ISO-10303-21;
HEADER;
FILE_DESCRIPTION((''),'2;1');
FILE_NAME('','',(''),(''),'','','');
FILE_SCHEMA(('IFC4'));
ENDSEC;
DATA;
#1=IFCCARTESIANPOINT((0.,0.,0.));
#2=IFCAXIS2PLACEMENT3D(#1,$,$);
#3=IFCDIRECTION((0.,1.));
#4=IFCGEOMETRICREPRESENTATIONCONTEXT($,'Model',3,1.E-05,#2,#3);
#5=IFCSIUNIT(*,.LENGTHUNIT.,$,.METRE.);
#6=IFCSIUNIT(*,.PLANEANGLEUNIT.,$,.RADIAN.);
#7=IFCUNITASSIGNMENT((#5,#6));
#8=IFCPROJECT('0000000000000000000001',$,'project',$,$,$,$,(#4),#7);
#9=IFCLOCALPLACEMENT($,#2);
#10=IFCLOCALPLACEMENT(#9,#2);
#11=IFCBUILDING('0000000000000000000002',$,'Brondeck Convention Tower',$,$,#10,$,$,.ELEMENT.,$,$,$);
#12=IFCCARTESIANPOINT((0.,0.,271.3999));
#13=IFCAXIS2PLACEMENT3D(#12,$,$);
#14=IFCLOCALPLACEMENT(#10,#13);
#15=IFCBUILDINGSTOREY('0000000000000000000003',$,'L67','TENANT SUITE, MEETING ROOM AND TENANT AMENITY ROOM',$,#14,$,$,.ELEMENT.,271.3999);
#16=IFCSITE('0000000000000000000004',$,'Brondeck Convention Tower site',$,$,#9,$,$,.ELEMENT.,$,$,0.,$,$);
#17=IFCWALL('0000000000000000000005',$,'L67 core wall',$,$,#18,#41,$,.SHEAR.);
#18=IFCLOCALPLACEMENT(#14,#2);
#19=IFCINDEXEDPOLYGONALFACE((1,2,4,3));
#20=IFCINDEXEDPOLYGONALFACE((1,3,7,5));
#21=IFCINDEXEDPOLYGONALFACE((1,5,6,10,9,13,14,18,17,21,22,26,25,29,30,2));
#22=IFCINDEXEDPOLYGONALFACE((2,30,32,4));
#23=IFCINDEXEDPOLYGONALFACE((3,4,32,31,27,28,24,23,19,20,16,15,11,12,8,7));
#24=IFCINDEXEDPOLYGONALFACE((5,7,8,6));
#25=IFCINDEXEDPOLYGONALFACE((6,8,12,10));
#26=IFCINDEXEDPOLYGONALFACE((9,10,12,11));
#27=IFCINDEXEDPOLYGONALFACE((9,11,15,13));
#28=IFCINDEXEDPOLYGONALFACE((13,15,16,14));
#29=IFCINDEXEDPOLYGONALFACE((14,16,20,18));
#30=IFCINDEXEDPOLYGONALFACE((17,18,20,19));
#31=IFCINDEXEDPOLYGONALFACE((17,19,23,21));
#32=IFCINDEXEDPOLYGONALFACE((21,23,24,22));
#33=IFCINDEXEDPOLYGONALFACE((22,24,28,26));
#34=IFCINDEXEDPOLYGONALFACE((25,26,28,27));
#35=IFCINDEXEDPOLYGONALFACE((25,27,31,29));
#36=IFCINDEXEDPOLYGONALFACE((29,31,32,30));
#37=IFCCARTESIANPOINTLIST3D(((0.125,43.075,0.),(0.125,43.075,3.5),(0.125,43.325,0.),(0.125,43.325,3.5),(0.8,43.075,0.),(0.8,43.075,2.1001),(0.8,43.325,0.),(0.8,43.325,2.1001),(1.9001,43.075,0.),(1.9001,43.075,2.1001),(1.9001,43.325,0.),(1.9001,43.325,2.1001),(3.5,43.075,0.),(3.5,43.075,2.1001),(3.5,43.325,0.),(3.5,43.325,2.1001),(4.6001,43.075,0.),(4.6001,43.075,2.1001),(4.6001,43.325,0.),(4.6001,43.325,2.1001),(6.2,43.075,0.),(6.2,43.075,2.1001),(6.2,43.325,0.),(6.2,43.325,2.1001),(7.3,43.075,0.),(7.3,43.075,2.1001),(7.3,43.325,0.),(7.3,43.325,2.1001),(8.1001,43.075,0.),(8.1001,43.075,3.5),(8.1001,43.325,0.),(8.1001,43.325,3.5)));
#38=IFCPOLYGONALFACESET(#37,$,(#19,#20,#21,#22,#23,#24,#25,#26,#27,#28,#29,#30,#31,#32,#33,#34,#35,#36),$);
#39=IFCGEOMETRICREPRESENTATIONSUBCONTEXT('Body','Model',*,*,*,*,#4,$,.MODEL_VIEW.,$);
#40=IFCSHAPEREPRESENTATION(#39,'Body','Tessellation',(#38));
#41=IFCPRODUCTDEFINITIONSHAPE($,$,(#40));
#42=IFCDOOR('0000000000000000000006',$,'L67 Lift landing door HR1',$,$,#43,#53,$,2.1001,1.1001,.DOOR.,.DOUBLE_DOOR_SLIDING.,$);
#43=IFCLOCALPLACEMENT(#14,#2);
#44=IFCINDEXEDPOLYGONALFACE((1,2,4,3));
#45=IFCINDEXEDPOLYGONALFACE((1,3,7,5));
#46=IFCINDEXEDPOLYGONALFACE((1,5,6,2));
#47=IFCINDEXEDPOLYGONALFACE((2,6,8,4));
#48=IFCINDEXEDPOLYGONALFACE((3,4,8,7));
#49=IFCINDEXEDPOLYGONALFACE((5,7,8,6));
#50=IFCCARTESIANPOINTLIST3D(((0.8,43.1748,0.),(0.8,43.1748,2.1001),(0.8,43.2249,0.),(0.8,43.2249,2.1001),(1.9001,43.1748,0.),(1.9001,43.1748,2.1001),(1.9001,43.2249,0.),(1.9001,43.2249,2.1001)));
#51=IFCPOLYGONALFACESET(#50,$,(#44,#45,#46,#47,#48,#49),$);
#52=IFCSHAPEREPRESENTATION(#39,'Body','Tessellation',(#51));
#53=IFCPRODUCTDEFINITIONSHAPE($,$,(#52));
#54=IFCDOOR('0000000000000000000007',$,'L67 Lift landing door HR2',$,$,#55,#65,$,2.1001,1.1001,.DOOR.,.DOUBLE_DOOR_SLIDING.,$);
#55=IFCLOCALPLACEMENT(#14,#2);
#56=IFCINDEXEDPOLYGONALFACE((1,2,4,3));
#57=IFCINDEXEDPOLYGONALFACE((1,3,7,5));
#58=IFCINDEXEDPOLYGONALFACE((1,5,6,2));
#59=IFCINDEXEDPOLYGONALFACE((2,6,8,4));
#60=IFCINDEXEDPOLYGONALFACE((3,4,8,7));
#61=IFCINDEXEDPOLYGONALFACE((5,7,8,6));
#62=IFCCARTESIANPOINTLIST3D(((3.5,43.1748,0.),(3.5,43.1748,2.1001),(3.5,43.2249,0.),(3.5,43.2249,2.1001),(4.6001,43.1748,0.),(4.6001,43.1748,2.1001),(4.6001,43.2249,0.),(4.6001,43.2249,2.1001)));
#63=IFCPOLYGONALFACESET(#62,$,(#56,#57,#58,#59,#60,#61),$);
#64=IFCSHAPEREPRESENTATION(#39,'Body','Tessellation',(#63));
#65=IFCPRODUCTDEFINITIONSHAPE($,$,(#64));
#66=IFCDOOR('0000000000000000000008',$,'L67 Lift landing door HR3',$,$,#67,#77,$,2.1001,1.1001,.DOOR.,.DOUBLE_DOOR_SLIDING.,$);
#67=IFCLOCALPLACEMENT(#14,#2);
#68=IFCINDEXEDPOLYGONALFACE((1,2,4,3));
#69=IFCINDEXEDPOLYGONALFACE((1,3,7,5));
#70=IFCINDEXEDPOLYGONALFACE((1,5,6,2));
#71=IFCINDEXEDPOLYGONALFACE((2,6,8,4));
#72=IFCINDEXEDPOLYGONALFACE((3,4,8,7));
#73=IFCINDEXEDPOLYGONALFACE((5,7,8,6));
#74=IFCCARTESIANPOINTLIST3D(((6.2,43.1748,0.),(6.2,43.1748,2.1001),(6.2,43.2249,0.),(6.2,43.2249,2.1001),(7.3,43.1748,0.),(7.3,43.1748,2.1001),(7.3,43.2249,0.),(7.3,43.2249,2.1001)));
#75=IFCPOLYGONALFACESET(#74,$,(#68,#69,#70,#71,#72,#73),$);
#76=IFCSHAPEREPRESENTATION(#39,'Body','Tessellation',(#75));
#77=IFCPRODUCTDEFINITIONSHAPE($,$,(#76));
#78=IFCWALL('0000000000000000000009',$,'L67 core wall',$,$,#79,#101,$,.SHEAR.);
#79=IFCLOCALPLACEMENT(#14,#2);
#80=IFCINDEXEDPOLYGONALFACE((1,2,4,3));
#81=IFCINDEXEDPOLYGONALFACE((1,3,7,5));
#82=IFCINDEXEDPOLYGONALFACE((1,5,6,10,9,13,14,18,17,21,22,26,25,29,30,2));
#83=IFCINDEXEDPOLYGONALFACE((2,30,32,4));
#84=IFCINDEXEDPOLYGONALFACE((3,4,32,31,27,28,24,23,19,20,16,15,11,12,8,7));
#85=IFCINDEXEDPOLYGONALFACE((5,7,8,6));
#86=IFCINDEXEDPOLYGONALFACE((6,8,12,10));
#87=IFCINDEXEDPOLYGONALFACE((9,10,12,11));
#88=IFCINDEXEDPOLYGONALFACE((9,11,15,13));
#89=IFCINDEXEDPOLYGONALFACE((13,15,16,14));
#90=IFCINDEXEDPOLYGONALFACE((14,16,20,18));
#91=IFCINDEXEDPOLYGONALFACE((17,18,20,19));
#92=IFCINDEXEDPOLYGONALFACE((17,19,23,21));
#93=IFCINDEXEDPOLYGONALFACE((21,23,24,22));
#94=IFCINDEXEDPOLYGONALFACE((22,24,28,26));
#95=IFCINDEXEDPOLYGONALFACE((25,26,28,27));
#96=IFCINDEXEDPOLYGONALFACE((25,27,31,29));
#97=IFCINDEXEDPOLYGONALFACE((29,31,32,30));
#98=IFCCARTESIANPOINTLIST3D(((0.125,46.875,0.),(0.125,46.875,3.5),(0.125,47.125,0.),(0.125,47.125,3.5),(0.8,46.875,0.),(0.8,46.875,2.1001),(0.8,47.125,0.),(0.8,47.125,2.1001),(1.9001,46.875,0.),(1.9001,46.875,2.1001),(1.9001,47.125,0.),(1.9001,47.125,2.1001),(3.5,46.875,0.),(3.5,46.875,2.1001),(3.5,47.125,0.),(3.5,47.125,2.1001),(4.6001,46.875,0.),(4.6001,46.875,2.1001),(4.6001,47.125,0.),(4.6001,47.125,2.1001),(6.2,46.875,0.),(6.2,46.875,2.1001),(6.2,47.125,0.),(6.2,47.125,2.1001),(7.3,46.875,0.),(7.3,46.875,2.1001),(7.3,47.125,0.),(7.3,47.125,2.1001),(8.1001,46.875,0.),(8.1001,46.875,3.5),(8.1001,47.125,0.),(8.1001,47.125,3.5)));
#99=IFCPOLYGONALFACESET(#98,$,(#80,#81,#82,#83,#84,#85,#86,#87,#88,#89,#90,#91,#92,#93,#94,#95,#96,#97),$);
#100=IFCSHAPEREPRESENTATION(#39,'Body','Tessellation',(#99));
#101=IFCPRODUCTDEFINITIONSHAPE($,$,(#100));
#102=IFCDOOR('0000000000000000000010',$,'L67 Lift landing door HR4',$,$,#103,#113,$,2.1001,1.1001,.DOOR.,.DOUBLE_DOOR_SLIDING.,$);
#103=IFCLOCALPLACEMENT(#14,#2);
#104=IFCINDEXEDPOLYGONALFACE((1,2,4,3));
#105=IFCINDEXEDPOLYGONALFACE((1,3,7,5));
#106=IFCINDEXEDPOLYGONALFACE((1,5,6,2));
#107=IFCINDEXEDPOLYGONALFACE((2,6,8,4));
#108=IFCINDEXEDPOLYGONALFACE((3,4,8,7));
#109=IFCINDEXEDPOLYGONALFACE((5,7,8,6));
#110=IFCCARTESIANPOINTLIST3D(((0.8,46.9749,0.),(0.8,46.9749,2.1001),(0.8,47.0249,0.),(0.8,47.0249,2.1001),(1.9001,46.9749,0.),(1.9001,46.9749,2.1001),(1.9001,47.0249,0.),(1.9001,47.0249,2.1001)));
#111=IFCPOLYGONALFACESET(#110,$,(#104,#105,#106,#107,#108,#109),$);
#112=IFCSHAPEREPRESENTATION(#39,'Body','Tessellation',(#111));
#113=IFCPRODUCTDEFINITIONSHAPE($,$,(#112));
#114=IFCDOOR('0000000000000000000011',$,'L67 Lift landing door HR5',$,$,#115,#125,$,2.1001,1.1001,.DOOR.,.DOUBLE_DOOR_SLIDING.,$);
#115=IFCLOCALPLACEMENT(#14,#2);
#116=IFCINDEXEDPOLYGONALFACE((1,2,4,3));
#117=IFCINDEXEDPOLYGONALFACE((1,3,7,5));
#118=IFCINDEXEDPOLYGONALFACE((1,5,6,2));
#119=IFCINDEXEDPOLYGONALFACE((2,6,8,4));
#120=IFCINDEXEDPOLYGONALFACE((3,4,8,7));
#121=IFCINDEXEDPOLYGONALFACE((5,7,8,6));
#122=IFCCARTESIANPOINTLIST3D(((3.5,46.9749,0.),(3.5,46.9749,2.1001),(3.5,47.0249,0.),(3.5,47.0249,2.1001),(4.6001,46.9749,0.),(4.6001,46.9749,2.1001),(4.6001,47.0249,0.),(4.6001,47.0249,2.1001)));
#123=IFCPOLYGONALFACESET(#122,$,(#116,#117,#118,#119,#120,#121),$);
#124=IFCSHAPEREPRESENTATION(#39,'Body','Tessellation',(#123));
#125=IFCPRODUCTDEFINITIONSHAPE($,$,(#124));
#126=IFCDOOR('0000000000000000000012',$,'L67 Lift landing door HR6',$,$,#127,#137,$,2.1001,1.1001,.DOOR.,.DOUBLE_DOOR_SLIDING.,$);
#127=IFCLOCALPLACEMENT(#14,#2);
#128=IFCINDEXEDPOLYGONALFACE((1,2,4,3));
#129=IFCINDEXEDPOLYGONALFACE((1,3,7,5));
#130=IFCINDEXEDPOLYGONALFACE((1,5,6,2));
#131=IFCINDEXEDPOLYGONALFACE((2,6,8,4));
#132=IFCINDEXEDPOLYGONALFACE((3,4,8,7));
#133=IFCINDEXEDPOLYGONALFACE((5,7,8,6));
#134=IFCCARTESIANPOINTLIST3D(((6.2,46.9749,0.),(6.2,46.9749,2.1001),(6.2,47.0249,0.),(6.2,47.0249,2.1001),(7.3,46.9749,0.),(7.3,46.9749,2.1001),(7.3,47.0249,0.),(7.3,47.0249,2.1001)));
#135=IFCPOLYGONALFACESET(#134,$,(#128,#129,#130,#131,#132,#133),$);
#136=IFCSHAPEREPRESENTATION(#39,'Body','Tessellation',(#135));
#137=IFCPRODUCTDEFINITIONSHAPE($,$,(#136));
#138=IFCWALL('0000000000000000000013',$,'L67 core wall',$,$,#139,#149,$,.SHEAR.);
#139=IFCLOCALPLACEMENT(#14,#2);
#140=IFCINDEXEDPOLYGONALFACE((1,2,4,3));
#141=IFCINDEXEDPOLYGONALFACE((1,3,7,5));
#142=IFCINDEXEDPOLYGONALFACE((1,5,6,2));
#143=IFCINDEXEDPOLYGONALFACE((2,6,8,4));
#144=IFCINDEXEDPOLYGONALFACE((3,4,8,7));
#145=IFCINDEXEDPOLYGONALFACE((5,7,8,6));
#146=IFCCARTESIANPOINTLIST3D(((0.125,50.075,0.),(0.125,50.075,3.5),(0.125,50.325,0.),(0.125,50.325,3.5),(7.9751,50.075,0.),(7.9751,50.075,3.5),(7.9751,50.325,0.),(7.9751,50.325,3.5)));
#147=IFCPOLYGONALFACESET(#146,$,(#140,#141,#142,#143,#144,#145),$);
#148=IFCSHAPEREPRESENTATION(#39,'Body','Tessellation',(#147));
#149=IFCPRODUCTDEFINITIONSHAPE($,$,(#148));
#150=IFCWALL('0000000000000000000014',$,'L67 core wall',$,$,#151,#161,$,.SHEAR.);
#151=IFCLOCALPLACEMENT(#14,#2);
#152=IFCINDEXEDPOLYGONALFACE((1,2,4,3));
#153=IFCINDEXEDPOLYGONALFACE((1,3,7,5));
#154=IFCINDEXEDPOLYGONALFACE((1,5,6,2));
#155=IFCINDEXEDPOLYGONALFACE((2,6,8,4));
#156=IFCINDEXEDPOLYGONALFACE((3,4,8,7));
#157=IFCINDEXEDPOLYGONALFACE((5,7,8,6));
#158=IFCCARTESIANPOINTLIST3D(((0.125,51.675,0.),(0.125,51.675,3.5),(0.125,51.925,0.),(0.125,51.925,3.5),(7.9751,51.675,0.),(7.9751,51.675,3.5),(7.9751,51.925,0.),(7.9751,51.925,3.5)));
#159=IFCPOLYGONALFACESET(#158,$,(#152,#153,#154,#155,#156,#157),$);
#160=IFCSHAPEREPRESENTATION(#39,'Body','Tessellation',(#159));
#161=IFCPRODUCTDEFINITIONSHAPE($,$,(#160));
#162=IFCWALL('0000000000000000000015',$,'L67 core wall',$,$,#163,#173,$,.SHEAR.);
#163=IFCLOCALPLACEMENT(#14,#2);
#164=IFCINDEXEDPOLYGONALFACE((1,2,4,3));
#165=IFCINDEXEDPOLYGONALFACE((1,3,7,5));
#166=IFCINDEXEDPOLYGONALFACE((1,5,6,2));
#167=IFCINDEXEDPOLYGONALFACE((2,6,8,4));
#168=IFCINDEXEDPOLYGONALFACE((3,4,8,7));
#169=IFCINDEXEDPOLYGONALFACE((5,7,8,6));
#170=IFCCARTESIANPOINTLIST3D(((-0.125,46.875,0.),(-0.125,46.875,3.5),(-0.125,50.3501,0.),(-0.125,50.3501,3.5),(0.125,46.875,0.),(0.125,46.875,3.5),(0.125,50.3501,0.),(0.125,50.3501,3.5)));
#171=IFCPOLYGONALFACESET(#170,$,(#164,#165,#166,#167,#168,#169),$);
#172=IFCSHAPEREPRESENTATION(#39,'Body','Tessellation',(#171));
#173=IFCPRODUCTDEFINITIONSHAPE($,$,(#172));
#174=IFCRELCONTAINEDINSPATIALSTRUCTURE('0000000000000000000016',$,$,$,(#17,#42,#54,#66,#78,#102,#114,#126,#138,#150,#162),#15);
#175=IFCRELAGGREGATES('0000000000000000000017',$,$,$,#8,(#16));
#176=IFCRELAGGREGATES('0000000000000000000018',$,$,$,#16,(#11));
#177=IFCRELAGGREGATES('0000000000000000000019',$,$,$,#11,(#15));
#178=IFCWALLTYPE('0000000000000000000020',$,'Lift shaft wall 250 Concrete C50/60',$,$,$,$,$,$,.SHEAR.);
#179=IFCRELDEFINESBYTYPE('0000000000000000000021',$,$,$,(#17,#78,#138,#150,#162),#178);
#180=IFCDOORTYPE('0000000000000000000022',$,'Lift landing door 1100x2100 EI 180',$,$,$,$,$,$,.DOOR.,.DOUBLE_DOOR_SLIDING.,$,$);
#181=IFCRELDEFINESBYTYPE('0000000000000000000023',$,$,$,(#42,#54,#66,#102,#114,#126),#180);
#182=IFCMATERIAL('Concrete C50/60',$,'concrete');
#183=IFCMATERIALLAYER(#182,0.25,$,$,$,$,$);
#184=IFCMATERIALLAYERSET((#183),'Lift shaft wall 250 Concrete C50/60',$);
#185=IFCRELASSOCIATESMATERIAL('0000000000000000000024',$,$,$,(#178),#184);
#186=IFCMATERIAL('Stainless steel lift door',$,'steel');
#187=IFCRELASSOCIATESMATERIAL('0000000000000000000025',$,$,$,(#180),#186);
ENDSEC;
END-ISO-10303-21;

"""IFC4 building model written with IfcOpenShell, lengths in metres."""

from ifc_helpers import new_model, si_unit, direction, frame, frame_2d, origin, place, context, subcontext, project, spatial, rectangle, extrude, material, layer, layer_set, type_object, element, fill, save


model = new_model("IFC4")

# Units and contexts
model_context = context("Model", 3, precision=1e-05, world=origin(), true_north=direction((0.0, 1.0)))
body_context = subcontext(model_context, "Body", "Model", "MODEL_VIEW")
ifc_project = project(units=[si_unit("LENGTHUNIT", "METRE"), si_unit("PLANEANGLEUNIT", "RADIAN")], contexts=[model_context])

# Site, building, storey
site_placement = place(None, origin())
site = spatial("IfcSite", under=ifc_project, at=site_placement, Name="Brondeck Convention Tower site", CompositionType="ELEMENT", RefElevation=0.0)
building_placement = place(site_placement, origin())
building = spatial("IfcBuilding", under=site, at=building_placement, Name="Brondeck Convention Tower", CompositionType="ELEMENT")
storey_placement = place(building_placement, frame((0.0, 0.0, 271.3999)))
storey = spatial("IfcBuildingStorey", under=building, at=storey_placement, Name="L67", Description="TENANT SUITE, MEETING ROOM AND TENANT AMENITY ROOM", CompositionType="ELEMENT", Elevation=271.3999)

# Shared definitions
ifc_material_1 = material(Name="Concrete C50/60", Category="concrete")

# Walls, openings, doors
ifc_layer_1 = layer(ifc_material_1, 0.25)
ifc_layer_set_1 = layer_set([ifc_layer_1], Name="Lift shaft wall 250 Concrete C50/60")
wall_type_1 = type_object("IfcWallType", Name="Lift shaft wall 250 Concrete C50/60", PredefinedType="SHEAR", material=ifc_layer_set_1)
wall_1_placement = place(storey_placement, frame((0.125, 43.2, 0.0), z_axis=(0.0, 0.0, 1.0), x_axis=(1.0, 0.0, 0.0)))
wall_1 = element("IfcWall", 1, at=wall_1_placement, inside=storey, type_object=wall_type_1, Name="L67 core wall", PredefinedType="SHEAR", context=body_context, shape_type="SweptSolid", body=[
    extrude(rectangle(XDim=7.9751, YDim=0.25, at=frame_2d((3.9875, 0.0))), origin(), (0.0, 0.0, 1.0), 3.5),
])
opening_1_placement = place(wall_1_placement, frame((0.675, 0.0, 0.0)))
opening_1 = element("IfcOpeningElement", 2, at=opening_1_placement, cuts=wall_1, PredefinedType="OPENING", context=body_context, shape_type="SweptSolid", body=[
    extrude(rectangle(XDim=1.1001, YDim=2.1001, at=frame_2d((0.55, 1.05))), frame((0.0, 0.135, 0.0), z_axis=(0.0, -1.0, 0.0), x_axis=(1.0, 0.0, 0.0)), (0.0, 0.0, 1.0), 0.27),
])
opening_2_placement = place(wall_1_placement, frame((3.375, 0.0, 0.0)))
opening_2 = element("IfcOpeningElement", 3, at=opening_2_placement, cuts=wall_1, PredefinedType="OPENING", context=body_context, shape_type="SweptSolid", body=[
    extrude(rectangle(XDim=1.1001, YDim=2.1001, at=frame_2d((0.55, 1.05))), frame((0.0, 0.135, 0.0), z_axis=(0.0, -1.0, 0.0), x_axis=(1.0, 0.0, 0.0)), (0.0, 0.0, 1.0), 0.27),
])
opening_3_placement = place(wall_1_placement, frame((6.075, 0.0, 0.0)))
opening_3 = element("IfcOpeningElement", 4, at=opening_3_placement, cuts=wall_1, PredefinedType="OPENING", context=body_context, shape_type="SweptSolid", body=[
    extrude(rectangle(XDim=1.1001, YDim=2.1001, at=frame_2d((0.55, 1.05))), frame((0.0, 0.135, 0.0), z_axis=(0.0, -1.0, 0.0), x_axis=(1.0, 0.0, 0.0)), (0.0, 0.0, 1.0), 0.27),
])
ifc_material_2 = material(Name="Stainless steel lift door", Category="steel")
door_type_1 = type_object("IfcDoorType", Name="Lift landing door 1100x2100 EI 180", OperationType="DOUBLE_DOOR_SLIDING", PredefinedType="DOOR", material=ifc_material_2)
door_1_placement = place(opening_1_placement, origin())
door_1 = element("IfcDoor", 5, at=door_1_placement, inside=storey, type_object=door_type_1, Name="L67 Lift landing door HR1", OperationType="DOUBLE_DOOR_SLIDING", OverallHeight=2.1001, OverallWidth=1.1001, PredefinedType="DOOR", context=body_context, shape_type="SweptSolid", body=[
    extrude(rectangle(XDim=1.1001, YDim=2.1001, at=frame_2d((0.55, 1.05))), frame((0.0, 0.0249, 0.0), z_axis=(0.0, -1.0, 0.0), x_axis=(1.0, 0.0, 0.0)), (0.0, 0.0, 1.0), 0.05),
])
fill(opening_1, door_1)
door_2_placement = place(opening_2_placement, origin())
door_2 = element("IfcDoor", 6, at=door_2_placement, inside=storey, type_object=door_type_1, Name="L67 Lift landing door HR2", OperationType="DOUBLE_DOOR_SLIDING", OverallHeight=2.1001, OverallWidth=1.1001, PredefinedType="DOOR", context=body_context, shape_type="SweptSolid", body=[
    extrude(rectangle(XDim=1.1001, YDim=2.1001, at=frame_2d((0.55, 1.05))), frame((0.0, 0.0249, 0.0), z_axis=(0.0, -1.0, 0.0), x_axis=(1.0, 0.0, 0.0)), (0.0, 0.0, 1.0), 0.05),
])
fill(opening_2, door_2)
door_3_placement = place(opening_3_placement, origin())
door_3 = element("IfcDoor", 7, at=door_3_placement, inside=storey, type_object=door_type_1, Name="L67 Lift landing door HR3", OperationType="DOUBLE_DOOR_SLIDING", OverallHeight=2.1001, OverallWidth=1.1001, PredefinedType="DOOR", context=body_context, shape_type="SweptSolid", body=[
    extrude(rectangle(XDim=1.1001, YDim=2.1001, at=frame_2d((0.55, 1.05))), frame((0.0, 0.0249, 0.0), z_axis=(0.0, -1.0, 0.0), x_axis=(1.0, 0.0, 0.0)), (0.0, 0.0, 1.0), 0.05),
])
fill(opening_3, door_3)
wall_2_placement = place(storey_placement, frame((0.125, 47.0, 0.0), z_axis=(0.0, 0.0, 1.0), x_axis=(1.0, 0.0, 0.0)))
wall_2 = element("IfcWall", 8, at=wall_2_placement, inside=storey, type_object=wall_type_1, Name="L67 core wall", PredefinedType="SHEAR", context=body_context, shape_type="SweptSolid", body=[
    extrude(rectangle(XDim=7.9751, YDim=0.25, at=frame_2d((3.9875, 0.0))), origin(), (0.0, 0.0, 1.0), 3.5),
])
opening_4_placement = place(wall_2_placement, frame((0.675, 0.0, 0.0)))
opening_4 = element("IfcOpeningElement", 9, at=opening_4_placement, cuts=wall_2, PredefinedType="OPENING", context=body_context, shape_type="SweptSolid", body=[
    extrude(rectangle(XDim=1.1001, YDim=2.1001, at=frame_2d((0.55, 1.05))), frame((0.0, 0.135, 0.0), z_axis=(0.0, -1.0, 0.0), x_axis=(1.0, 0.0, 0.0)), (0.0, 0.0, 1.0), 0.27),
])
opening_5_placement = place(wall_2_placement, frame((3.375, 0.0, 0.0)))
opening_5 = element("IfcOpeningElement", 10, at=opening_5_placement, cuts=wall_2, PredefinedType="OPENING", context=body_context, shape_type="SweptSolid", body=[
    extrude(rectangle(XDim=1.1001, YDim=2.1001, at=frame_2d((0.55, 1.05))), frame((0.0, 0.135, 0.0), z_axis=(0.0, -1.0, 0.0), x_axis=(1.0, 0.0, 0.0)), (0.0, 0.0, 1.0), 0.27),
])
opening_6_placement = place(wall_2_placement, frame((6.075, 0.0, 0.0)))
opening_6 = element("IfcOpeningElement", 11, at=opening_6_placement, cuts=wall_2, PredefinedType="OPENING", context=body_context, shape_type="SweptSolid", body=[
    extrude(rectangle(XDim=1.1001, YDim=2.1001, at=frame_2d((0.55, 1.05))), frame((0.0, 0.135, 0.0), z_axis=(0.0, -1.0, 0.0), x_axis=(1.0, 0.0, 0.0)), (0.0, 0.0, 1.0), 0.27),
])
door_4_placement = place(opening_4_placement, origin())
door_4 = element("IfcDoor", 12, at=door_4_placement, inside=storey, type_object=door_type_1, Name="L67 Lift landing door HR4", OperationType="DOUBLE_DOOR_SLIDING", OverallHeight=2.1001, OverallWidth=1.1001, PredefinedType="DOOR", context=body_context, shape_type="SweptSolid", body=[
    extrude(rectangle(XDim=1.1001, YDim=2.1001, at=frame_2d((0.55, 1.05))), frame((0.0, 0.0249, 0.0), z_axis=(0.0, -1.0, 0.0), x_axis=(1.0, 0.0, 0.0)), (0.0, 0.0, 1.0), 0.05),
])
fill(opening_4, door_4)
door_5_placement = place(opening_5_placement, origin())
door_5 = element("IfcDoor", 13, at=door_5_placement, inside=storey, type_object=door_type_1, Name="L67 Lift landing door HR5", OperationType="DOUBLE_DOOR_SLIDING", OverallHeight=2.1001, OverallWidth=1.1001, PredefinedType="DOOR", context=body_context, shape_type="SweptSolid", body=[
    extrude(rectangle(XDim=1.1001, YDim=2.1001, at=frame_2d((0.55, 1.05))), frame((0.0, 0.0249, 0.0), z_axis=(0.0, -1.0, 0.0), x_axis=(1.0, 0.0, 0.0)), (0.0, 0.0, 1.0), 0.05),
])
fill(opening_5, door_5)
door_6_placement = place(opening_6_placement, origin())
door_6 = element("IfcDoor", 14, at=door_6_placement, inside=storey, type_object=door_type_1, Name="L67 Lift landing door HR6", OperationType="DOUBLE_DOOR_SLIDING", OverallHeight=2.1001, OverallWidth=1.1001, PredefinedType="DOOR", context=body_context, shape_type="SweptSolid", body=[
    extrude(rectangle(XDim=1.1001, YDim=2.1001, at=frame_2d((0.55, 1.05))), frame((0.0, 0.0249, 0.0), z_axis=(0.0, -1.0, 0.0), x_axis=(1.0, 0.0, 0.0)), (0.0, 0.0, 1.0), 0.05),
])
fill(opening_6, door_6)

# Walls
for number, where, z_axis, x_axis, name in (
    (15, (0.125, 50.2, 0.0), (0.0, 0.0, 1.0), (1.0, 0.0, 0.0), "L67 core wall"),
    (16, (0.125, 51.8, 0.0), (0.0, 0.0, 1.0), (1.0, 0.0, 0.0), "L67 core wall"),
):
    element("IfcWall", number, at=place(storey_placement, frame(where, z_axis=z_axis, x_axis=x_axis)), inside=storey, type_object=wall_type_1, Name=name, PredefinedType="SHEAR", context=body_context, shape_type="SweptSolid", body=[
        extrude(rectangle(XDim=7.8501, YDim=0.25, at=frame_2d((3.925, 0.0))), origin(), (0.0, 0.0, 1.0), 3.5),
    ])
wall_3_placement = place(storey_placement, frame((0.0, 46.875, 0.0), z_axis=(0.0, 0.0, 1.0), x_axis=(0.0, 1.0, 0.0)))
element("IfcWall", 17, at=wall_3_placement, inside=storey, type_object=wall_type_1, Name="L67 core wall", PredefinedType="SHEAR", context=body_context, shape_type="SweptSolid", body=[
    extrude(rectangle(XDim=3.4751, YDim=0.25, at=frame_2d((1.7375, 0.0))), origin(), (0.0, 0.0, 1.0), 3.5),
])

save(model, "model.ifc")
